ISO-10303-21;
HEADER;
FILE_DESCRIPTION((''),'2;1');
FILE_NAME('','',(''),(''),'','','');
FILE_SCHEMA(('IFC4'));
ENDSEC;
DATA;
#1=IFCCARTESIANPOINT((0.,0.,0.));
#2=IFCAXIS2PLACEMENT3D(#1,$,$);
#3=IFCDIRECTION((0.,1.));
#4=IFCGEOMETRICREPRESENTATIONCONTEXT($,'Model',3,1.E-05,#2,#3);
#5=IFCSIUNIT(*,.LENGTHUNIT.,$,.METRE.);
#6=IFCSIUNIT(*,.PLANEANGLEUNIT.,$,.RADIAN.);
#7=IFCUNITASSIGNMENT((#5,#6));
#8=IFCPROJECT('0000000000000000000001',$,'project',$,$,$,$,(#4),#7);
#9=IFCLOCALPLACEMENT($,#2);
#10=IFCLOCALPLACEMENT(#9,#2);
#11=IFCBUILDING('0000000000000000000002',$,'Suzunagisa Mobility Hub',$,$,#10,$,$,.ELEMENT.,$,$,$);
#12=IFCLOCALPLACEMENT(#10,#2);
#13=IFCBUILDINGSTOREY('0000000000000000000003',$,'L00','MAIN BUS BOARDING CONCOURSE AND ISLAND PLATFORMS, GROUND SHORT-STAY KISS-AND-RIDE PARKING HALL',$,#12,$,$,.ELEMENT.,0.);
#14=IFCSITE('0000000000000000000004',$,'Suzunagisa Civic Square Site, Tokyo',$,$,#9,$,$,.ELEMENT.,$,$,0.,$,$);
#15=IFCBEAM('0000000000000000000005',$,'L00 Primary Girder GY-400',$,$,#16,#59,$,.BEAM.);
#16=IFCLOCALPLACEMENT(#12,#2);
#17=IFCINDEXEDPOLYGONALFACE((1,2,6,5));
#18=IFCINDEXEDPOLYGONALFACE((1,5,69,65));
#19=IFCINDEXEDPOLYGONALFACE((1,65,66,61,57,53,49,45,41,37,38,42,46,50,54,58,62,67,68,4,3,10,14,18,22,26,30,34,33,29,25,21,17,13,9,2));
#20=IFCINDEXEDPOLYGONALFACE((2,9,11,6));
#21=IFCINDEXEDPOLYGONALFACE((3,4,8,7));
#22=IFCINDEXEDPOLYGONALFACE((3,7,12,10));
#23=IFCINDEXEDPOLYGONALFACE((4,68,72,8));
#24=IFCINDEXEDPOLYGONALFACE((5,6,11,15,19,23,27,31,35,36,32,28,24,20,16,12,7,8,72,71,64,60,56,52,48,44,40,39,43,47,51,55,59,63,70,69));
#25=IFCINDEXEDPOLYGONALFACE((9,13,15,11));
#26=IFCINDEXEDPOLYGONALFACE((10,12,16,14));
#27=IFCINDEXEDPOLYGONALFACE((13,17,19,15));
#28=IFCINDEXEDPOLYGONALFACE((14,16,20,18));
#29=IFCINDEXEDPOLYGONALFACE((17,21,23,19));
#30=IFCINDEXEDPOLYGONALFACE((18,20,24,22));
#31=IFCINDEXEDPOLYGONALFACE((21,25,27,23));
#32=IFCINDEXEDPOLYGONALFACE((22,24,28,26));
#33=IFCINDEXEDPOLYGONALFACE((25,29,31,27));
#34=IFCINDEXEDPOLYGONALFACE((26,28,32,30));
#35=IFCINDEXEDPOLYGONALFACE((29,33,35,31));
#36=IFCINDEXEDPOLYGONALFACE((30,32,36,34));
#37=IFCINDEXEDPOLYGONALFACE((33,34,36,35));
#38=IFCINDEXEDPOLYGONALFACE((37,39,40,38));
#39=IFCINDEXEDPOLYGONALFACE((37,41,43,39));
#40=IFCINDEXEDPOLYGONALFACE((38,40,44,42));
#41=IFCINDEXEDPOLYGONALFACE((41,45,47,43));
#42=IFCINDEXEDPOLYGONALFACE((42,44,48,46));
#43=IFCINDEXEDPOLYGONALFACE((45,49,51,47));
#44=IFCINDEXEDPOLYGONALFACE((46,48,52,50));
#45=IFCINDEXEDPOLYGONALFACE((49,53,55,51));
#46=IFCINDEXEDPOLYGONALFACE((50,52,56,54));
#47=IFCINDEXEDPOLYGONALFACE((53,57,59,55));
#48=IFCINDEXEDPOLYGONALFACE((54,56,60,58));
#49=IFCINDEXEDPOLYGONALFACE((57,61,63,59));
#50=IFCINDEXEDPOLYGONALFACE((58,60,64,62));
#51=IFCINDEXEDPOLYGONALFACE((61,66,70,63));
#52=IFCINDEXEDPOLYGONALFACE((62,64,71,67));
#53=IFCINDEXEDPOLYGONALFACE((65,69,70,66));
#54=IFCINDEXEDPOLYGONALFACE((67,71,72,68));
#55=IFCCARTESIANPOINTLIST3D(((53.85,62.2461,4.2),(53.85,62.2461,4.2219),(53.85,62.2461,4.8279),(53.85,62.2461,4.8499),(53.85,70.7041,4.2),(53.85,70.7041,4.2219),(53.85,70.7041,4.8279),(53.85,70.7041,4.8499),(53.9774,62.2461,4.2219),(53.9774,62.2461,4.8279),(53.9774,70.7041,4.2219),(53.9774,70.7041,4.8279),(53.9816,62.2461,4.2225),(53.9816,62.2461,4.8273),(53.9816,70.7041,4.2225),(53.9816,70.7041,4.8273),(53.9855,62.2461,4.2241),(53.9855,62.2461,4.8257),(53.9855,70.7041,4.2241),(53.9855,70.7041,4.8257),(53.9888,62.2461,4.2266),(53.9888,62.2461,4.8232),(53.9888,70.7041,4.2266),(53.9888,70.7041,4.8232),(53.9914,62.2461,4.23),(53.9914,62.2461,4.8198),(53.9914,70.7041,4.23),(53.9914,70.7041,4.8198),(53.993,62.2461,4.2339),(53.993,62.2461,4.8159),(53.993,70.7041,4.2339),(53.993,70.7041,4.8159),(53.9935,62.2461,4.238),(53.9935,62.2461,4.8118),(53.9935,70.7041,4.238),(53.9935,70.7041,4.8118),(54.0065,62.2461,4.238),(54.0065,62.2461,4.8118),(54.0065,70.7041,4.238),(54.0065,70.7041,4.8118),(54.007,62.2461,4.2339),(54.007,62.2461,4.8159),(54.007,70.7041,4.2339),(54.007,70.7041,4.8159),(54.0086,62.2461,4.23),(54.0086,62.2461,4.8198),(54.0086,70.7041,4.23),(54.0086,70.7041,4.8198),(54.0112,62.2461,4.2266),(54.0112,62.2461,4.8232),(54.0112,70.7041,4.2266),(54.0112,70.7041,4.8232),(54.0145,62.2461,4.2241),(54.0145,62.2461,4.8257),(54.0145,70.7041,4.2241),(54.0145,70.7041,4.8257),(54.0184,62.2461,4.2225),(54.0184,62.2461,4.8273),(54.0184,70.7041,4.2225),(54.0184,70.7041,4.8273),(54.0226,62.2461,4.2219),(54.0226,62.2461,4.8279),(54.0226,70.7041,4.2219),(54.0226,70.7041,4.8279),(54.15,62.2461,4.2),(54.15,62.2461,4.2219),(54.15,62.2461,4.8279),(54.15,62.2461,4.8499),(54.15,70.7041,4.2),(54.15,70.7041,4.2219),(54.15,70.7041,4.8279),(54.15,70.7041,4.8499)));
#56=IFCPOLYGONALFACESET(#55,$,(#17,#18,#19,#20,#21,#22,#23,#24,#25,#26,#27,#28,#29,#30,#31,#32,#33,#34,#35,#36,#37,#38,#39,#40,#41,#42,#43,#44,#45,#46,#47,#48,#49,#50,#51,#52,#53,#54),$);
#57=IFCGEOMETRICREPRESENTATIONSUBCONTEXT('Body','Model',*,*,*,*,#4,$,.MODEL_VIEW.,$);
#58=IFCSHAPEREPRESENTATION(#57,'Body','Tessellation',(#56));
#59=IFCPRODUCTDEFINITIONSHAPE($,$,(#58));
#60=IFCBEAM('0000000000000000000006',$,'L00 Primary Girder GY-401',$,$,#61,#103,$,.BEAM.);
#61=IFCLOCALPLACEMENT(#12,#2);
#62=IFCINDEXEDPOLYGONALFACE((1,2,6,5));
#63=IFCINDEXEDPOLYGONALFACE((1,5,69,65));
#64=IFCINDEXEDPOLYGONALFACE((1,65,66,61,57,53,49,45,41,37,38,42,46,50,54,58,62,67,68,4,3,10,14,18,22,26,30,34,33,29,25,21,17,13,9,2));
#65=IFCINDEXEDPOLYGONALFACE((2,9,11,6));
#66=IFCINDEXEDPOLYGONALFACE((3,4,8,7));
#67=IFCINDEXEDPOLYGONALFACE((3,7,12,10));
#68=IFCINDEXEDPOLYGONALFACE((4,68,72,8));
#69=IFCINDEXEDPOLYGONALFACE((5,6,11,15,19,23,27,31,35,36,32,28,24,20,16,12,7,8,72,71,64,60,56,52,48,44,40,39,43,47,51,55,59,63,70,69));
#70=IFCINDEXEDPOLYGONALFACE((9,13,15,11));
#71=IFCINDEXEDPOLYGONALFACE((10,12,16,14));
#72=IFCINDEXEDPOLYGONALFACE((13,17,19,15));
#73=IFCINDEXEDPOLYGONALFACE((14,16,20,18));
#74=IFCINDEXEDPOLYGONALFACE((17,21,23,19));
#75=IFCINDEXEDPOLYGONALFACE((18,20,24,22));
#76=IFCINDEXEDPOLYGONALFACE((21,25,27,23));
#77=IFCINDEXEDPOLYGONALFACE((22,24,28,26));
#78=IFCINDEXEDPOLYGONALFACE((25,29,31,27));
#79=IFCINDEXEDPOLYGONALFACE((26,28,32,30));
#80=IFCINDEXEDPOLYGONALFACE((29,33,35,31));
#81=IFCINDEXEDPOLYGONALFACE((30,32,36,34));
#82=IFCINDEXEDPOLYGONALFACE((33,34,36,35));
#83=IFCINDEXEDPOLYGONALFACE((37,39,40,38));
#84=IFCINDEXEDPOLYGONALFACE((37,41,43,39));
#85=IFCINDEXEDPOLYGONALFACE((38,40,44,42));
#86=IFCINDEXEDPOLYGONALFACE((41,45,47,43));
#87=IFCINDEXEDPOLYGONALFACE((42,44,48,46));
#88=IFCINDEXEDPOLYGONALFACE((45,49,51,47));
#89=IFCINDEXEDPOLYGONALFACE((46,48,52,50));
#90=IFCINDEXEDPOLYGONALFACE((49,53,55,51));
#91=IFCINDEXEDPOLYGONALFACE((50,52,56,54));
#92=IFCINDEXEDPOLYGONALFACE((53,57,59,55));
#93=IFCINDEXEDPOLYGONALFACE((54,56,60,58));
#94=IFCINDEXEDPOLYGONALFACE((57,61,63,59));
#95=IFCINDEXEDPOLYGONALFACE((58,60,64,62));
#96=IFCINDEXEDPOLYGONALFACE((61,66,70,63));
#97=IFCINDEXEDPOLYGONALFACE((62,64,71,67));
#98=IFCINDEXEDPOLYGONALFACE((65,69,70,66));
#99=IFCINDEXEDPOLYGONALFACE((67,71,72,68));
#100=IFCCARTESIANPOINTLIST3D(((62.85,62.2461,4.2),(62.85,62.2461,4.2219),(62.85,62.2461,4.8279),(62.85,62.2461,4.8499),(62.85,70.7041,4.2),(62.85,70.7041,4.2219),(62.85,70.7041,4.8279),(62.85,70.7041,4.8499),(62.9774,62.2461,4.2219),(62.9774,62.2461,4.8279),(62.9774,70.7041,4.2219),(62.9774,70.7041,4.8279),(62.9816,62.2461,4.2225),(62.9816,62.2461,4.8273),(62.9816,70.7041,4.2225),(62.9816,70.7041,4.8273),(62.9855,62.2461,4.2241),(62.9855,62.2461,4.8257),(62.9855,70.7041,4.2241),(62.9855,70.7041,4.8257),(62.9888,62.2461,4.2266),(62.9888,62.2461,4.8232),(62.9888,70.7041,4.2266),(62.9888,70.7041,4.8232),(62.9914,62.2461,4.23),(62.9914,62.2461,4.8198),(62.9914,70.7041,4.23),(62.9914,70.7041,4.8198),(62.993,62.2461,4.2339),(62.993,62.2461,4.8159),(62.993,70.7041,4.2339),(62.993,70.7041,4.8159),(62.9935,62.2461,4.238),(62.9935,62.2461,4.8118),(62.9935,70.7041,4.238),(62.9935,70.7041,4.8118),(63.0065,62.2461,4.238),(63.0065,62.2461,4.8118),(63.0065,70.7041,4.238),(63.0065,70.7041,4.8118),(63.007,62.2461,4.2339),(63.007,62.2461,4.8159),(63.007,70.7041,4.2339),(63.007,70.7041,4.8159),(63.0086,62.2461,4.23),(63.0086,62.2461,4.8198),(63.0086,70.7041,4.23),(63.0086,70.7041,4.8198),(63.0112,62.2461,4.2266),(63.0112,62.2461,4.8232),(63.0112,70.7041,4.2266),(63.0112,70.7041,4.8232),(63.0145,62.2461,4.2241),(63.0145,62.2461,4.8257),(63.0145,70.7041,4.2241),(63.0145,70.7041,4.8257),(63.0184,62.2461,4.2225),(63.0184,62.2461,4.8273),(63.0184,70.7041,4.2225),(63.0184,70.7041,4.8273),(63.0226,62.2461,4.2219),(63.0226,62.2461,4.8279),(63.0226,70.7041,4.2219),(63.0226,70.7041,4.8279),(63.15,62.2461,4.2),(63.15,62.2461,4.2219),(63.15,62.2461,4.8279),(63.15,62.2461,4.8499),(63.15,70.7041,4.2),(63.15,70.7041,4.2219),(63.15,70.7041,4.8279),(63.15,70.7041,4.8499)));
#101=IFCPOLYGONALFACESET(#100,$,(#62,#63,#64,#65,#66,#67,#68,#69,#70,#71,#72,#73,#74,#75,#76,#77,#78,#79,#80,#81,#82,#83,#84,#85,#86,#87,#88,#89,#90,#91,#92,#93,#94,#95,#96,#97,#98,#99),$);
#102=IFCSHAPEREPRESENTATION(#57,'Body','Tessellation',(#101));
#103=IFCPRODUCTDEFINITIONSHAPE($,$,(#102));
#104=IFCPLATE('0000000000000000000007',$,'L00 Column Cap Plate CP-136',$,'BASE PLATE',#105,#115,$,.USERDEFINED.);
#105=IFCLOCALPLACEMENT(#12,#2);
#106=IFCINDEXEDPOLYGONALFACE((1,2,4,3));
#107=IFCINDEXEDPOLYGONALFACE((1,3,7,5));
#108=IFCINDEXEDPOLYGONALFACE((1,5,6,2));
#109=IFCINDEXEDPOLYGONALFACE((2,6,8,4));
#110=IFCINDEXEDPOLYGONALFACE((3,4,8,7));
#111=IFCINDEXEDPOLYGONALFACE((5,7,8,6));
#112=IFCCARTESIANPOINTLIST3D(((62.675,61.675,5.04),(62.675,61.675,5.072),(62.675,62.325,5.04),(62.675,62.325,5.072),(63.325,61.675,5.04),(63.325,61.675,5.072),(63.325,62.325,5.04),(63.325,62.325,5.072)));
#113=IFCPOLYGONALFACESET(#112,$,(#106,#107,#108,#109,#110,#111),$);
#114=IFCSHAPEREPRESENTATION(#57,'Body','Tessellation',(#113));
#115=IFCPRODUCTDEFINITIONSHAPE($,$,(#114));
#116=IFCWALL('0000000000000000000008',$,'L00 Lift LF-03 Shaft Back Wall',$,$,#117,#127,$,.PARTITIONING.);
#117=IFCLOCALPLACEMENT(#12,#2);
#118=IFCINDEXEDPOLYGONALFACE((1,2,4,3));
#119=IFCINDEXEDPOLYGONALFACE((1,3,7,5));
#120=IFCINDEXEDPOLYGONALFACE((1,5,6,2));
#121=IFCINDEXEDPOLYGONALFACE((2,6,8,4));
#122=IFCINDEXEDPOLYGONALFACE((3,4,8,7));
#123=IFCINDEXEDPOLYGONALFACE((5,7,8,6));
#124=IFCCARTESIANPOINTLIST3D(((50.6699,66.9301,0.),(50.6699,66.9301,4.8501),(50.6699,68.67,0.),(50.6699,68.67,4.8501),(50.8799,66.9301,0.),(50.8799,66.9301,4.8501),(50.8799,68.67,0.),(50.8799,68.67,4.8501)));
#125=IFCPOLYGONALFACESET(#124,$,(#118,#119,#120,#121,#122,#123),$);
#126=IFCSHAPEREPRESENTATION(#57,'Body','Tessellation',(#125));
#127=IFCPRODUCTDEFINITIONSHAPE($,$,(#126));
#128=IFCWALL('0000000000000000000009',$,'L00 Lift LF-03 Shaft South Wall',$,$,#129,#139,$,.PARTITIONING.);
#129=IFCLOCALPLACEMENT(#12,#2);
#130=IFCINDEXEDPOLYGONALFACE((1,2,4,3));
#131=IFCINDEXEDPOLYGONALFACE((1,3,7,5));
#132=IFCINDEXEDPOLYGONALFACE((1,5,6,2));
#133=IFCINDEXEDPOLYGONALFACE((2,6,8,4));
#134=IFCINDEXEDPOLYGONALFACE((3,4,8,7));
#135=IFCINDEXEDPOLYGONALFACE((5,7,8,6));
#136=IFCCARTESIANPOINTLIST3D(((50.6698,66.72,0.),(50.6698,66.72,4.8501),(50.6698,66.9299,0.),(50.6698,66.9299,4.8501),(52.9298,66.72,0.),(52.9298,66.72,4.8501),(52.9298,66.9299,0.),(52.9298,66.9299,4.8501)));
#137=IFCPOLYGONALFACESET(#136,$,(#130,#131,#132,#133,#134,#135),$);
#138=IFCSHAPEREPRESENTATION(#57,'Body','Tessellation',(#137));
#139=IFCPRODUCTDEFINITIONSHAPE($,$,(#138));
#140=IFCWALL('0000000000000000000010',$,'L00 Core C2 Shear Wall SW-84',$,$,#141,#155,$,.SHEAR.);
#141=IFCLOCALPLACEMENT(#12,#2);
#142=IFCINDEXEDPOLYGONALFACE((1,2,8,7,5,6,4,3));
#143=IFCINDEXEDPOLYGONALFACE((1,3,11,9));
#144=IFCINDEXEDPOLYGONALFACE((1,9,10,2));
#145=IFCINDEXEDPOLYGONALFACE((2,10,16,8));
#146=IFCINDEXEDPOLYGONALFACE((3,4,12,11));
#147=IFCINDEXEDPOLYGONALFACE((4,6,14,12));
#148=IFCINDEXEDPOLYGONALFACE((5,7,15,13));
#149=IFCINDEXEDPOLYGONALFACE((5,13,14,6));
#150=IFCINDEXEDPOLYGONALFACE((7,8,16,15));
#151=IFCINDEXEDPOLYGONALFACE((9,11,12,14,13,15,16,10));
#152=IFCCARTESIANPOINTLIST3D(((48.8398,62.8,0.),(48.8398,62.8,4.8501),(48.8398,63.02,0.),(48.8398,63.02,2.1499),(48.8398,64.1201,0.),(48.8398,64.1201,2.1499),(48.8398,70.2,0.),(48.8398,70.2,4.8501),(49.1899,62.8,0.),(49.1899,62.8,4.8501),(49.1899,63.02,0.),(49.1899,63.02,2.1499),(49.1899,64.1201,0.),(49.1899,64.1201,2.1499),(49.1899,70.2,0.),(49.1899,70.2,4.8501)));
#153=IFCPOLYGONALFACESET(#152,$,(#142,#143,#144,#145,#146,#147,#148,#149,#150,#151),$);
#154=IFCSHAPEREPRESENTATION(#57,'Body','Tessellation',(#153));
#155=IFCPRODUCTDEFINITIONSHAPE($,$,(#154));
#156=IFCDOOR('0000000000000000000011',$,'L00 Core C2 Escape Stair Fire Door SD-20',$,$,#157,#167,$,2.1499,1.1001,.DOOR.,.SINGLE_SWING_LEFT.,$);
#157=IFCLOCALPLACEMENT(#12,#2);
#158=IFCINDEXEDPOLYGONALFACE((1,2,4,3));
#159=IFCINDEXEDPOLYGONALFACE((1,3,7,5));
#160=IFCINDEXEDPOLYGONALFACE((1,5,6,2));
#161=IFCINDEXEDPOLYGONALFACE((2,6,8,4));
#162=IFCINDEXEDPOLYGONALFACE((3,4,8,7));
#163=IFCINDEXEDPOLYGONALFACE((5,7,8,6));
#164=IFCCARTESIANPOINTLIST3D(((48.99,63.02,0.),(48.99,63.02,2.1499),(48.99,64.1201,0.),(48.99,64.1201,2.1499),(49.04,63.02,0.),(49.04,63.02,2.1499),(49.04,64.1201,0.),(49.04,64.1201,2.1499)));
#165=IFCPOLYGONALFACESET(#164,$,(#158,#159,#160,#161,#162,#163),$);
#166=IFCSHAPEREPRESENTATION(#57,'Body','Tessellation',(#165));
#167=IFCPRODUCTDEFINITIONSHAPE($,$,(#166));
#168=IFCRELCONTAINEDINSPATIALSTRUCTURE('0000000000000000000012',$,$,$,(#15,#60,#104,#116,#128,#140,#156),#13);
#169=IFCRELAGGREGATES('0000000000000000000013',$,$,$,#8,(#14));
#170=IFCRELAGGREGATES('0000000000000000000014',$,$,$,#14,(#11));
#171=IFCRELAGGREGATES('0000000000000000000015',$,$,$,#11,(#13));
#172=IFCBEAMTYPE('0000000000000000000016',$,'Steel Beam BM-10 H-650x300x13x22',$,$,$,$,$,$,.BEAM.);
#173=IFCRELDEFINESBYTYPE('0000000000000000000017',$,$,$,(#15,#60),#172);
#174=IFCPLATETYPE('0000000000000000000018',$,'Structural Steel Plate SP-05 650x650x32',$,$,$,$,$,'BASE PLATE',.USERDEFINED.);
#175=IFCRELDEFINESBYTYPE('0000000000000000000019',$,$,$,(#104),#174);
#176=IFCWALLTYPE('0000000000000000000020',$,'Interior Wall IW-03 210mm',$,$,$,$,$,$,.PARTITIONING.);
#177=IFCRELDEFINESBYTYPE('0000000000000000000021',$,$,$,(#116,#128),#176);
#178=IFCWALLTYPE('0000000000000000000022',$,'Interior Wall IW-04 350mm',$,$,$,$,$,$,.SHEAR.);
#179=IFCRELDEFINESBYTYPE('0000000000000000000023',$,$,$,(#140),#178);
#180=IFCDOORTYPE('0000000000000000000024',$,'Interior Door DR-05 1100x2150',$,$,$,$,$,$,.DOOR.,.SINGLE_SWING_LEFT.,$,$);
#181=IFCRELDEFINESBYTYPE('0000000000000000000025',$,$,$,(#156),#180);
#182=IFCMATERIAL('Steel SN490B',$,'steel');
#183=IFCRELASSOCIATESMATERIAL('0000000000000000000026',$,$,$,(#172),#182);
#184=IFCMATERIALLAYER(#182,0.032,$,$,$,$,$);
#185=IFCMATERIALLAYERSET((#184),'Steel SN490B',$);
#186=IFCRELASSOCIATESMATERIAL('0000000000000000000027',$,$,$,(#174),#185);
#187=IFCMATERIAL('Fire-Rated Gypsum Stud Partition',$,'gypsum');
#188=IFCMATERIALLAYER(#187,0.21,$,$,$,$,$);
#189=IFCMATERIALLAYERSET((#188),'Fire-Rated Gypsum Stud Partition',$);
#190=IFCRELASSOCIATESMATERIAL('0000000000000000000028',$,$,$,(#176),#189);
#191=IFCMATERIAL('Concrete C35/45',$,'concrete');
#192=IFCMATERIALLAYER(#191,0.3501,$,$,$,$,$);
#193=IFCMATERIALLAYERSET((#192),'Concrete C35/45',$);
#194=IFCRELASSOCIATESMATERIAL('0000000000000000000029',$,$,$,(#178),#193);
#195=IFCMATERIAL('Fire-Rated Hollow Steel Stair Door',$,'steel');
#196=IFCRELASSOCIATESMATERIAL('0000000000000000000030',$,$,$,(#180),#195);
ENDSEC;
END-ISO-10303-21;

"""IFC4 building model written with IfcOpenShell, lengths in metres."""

from ifc_helpers import new_model, si_unit, direction, frame, frame_2d, origin, origin_2d, place, context, subcontext, project, spatial, rectangle, i_section, extrude, material, layer, layer_set, material_profile, profile_set, type_object, element, fill, save


model = new_model("IFC4")

# Units and contexts
model_context = context("Model", 3, precision=1e-05, world=origin(), true_north=direction((0.0, 1.0)))
body_context = subcontext(model_context, "Body", "Model", "MODEL_VIEW")
ifc_project = project(units=[si_unit("LENGTHUNIT", "METRE"), si_unit("PLANEANGLEUNIT", "RADIAN")], contexts=[model_context])

# Site, building, storey
site_placement = place(None, origin())
site = spatial("IfcSite", under=ifc_project, at=site_placement, Name="Suzunagisa Civic Square Site, Tokyo", CompositionType="ELEMENT", RefElevation=0.0)
building_placement = place(site_placement, origin())
building = spatial("IfcBuilding", under=site, at=building_placement, Name="Suzunagisa Mobility Hub", CompositionType="ELEMENT")
storey_placement = place(building_placement, origin())
storey = spatial("IfcBuildingStorey", under=building, at=storey_placement, Name="L00", Description="MAIN BUS BOARDING CONCOURSE AND ISLAND PLATFORMS, GROUND SHORT-STAY KISS-AND-RIDE PARKING HALL", CompositionType="ELEMENT", Elevation=0.0)

# Shared definitions
ifc_material_1 = material(Name="Steel SN490B", Category="steel")

# Beams
ifc_material_profile_1 = material_profile(ifc_material_1, i_section(OverallWidth=0.3, OverallDepth=0.6499, WebThickness=0.0129, FlangeThickness=0.022, FilletRadius=0.0161, at=origin_2d()), Name="H-650x300x13x22")
ifc_profile_set_1 = profile_set([ifc_material_profile_1], Name="Steel SN490B")
beam_type_1 = type_object("IfcBeamType", Name="Steel Beam BM-10 H-650x300x13x22", PredefinedType="BEAM", material=ifc_profile_set_1)
for number, where, z_axis, x_axis, name in (
    (1, (54.0, 62.2461, 4.5249), (0.0, 1.0, 0.0), (-1.0, 0.0, 0.0), "L00 Primary Girder GY-400"),
    (2, (63.0, 62.2461, 4.5249), (0.0, 1.0, 0.0), (-1.0, 0.0, 0.0), "L00 Primary Girder GY-401"),
):
    element("IfcBeam", number, at=place(storey_placement, frame(where, z_axis=z_axis, x_axis=x_axis)), inside=storey, type_object=beam_type_1, Name=name, PredefinedType="BEAM", context=body_context, shape_type="SweptSolid", body=[
        extrude(i_section(OverallWidth=0.3, OverallDepth=0.6499, WebThickness=0.0129, FlangeThickness=0.022, FilletRadius=0.0161, at=origin_2d()), origin(), (0.0, 0.0, 1.0), 8.458),
    ])

# Plate
ifc_layer_1 = layer(ifc_material_1, 0.032)
ifc_layer_set_1 = layer_set([ifc_layer_1], Name="Steel SN490B")
plate_type = type_object("IfcPlateType", Name="Structural Steel Plate SP-05 650x650x32", ElementType="BASE PLATE", PredefinedType="USERDEFINED", material=ifc_layer_set_1)
plate_placement = place(storey_placement, frame((63.0, 62.0, 5.04), z_axis=(0.0, 0.0, 1.0), x_axis=(1.0, 0.0, 0.0)))
element("IfcPlate", 3, at=plate_placement, inside=storey, type_object=plate_type, Name="L00 Column Cap Plate CP-136", ObjectType="BASE PLATE", PredefinedType="USERDEFINED", context=body_context, shape_type="SweptSolid", body=[
    extrude(rectangle(XDim=0.6499, YDim=0.6499, at=origin_2d()), origin(), (0.0, 0.0, 1.0), 0.032),
])

# Shared definitions
ifc_material_2 = material(Name="Fire-Rated Gypsum Stud Partition", Category="gypsum")
ifc_layer_2 = layer(ifc_material_2, 0.21)
ifc_layer_set_2 = layer_set([ifc_layer_2], Name="Fire-Rated Gypsum Stud Partition")
wall_type_1 = type_object("IfcWallType", Name="Interior Wall IW-03 210mm", PredefinedType="PARTITIONING", material=ifc_layer_set_2)

# Walls
wall_1_placement = place(storey_placement, frame((50.7749, 66.9299, 0.0), z_axis=(0.0, 0.0, 1.0), x_axis=(0.0, 1.0, 0.0)))
element("IfcWall", 4, at=wall_1_placement, inside=storey, type_object=wall_type_1, Name="L00 Lift LF-03 Shaft Back Wall", PredefinedType="PARTITIONING", context=body_context, shape_type="SweptSolid", body=[
    extrude(rectangle(XDim=1.74, YDim=0.21, at=frame_2d((0.8701, 0.0))), origin(), (0.0, 0.0, 1.0), 4.8501),
])
wall_2_placement = place(storey_placement, frame((50.6699, 66.825, 0.0), z_axis=(0.0, 0.0, 1.0), x_axis=(1.0, 0.0, 0.0)))
element("IfcWall", 5, at=wall_2_placement, inside=storey, type_object=wall_type_1, Name="L00 Lift LF-03 Shaft South Wall", PredefinedType="PARTITIONING", context=body_context, shape_type="SweptSolid", body=[
    extrude(rectangle(XDim=2.26, YDim=0.21, at=frame_2d((1.1299, 0.0))), origin(), (0.0, 0.0, 1.0), 4.8501),
])

# Wall, opening, door
ifc_material_3 = material(Name="Concrete C35/45", Category="concrete")
ifc_layer_3 = layer(ifc_material_3, 0.3501)
ifc_layer_set_3 = layer_set([ifc_layer_3], Name="Concrete C35/45")
wall_type_2 = type_object("IfcWallType", Name="Interior Wall IW-04 350mm", PredefinedType="SHEAR", material=ifc_layer_set_3)
wall_3_placement = place(storey_placement, frame((49.0149, 62.8, 0.0), z_axis=(0.0, 0.0, 1.0), x_axis=(0.0, 1.0, 0.0)))
wall_3 = element("IfcWall", 6, at=wall_3_placement, inside=storey, type_object=wall_type_2, Name="L00 Core C2 Shear Wall SW-84", PredefinedType="SHEAR", context=body_context, shape_type="SweptSolid", body=[
    extrude(rectangle(XDim=7.3999, YDim=0.3501, at=frame_2d((3.7, 0.0))), origin(), (0.0, 0.0, 1.0), 4.8501),
])
opening_1_placement = place(wall_3_placement, frame((0.22, 0.0, 0.0)))
opening_1 = element("IfcOpeningElement", 7, at=opening_1_placement, cuts=wall_3, PredefinedType="OPENING", context=body_context, shape_type="SweptSolid", body=[
    extrude(rectangle(XDim=1.1001, YDim=2.1499, at=frame_2d((0.55, 1.075))), frame((0.0, 0.186, 0.0), z_axis=(0.0, -1.0, 0.0), x_axis=(1.0, 0.0, 0.0)), (0.0, 0.0, 1.0), 0.3721),
])
ifc_material_4 = material(Name="Fire-Rated Hollow Steel Stair Door", Category="steel")
door_type_1 = type_object("IfcDoorType", Name="Interior Door DR-05 1100x2150", OperationType="SINGLE_SWING_LEFT", PredefinedType="DOOR", material=ifc_material_4)
door_1_placement = place(opening_1_placement, origin())
door_1 = element("IfcDoor", 8, at=door_1_placement, inside=storey, type_object=door_type_1, Name="L00 Core C2 Escape Stair Fire Door SD-20", OperationType="SINGLE_SWING_LEFT", OverallHeight=2.1499, OverallWidth=1.1001, PredefinedType="DOOR", context=body_context, shape_type="SweptSolid", body=[
    extrude(rectangle(XDim=1.1001, YDim=2.1499, at=frame_2d((0.55, 1.075))), frame((0.0, 0.0249, 0.0), z_axis=(0.0, -1.0, 0.0), x_axis=(1.0, 0.0, 0.0)), (0.0, 0.0, 1.0), 0.05),
])
fill(opening_1, door_1)

save(model, "model.ifc")
